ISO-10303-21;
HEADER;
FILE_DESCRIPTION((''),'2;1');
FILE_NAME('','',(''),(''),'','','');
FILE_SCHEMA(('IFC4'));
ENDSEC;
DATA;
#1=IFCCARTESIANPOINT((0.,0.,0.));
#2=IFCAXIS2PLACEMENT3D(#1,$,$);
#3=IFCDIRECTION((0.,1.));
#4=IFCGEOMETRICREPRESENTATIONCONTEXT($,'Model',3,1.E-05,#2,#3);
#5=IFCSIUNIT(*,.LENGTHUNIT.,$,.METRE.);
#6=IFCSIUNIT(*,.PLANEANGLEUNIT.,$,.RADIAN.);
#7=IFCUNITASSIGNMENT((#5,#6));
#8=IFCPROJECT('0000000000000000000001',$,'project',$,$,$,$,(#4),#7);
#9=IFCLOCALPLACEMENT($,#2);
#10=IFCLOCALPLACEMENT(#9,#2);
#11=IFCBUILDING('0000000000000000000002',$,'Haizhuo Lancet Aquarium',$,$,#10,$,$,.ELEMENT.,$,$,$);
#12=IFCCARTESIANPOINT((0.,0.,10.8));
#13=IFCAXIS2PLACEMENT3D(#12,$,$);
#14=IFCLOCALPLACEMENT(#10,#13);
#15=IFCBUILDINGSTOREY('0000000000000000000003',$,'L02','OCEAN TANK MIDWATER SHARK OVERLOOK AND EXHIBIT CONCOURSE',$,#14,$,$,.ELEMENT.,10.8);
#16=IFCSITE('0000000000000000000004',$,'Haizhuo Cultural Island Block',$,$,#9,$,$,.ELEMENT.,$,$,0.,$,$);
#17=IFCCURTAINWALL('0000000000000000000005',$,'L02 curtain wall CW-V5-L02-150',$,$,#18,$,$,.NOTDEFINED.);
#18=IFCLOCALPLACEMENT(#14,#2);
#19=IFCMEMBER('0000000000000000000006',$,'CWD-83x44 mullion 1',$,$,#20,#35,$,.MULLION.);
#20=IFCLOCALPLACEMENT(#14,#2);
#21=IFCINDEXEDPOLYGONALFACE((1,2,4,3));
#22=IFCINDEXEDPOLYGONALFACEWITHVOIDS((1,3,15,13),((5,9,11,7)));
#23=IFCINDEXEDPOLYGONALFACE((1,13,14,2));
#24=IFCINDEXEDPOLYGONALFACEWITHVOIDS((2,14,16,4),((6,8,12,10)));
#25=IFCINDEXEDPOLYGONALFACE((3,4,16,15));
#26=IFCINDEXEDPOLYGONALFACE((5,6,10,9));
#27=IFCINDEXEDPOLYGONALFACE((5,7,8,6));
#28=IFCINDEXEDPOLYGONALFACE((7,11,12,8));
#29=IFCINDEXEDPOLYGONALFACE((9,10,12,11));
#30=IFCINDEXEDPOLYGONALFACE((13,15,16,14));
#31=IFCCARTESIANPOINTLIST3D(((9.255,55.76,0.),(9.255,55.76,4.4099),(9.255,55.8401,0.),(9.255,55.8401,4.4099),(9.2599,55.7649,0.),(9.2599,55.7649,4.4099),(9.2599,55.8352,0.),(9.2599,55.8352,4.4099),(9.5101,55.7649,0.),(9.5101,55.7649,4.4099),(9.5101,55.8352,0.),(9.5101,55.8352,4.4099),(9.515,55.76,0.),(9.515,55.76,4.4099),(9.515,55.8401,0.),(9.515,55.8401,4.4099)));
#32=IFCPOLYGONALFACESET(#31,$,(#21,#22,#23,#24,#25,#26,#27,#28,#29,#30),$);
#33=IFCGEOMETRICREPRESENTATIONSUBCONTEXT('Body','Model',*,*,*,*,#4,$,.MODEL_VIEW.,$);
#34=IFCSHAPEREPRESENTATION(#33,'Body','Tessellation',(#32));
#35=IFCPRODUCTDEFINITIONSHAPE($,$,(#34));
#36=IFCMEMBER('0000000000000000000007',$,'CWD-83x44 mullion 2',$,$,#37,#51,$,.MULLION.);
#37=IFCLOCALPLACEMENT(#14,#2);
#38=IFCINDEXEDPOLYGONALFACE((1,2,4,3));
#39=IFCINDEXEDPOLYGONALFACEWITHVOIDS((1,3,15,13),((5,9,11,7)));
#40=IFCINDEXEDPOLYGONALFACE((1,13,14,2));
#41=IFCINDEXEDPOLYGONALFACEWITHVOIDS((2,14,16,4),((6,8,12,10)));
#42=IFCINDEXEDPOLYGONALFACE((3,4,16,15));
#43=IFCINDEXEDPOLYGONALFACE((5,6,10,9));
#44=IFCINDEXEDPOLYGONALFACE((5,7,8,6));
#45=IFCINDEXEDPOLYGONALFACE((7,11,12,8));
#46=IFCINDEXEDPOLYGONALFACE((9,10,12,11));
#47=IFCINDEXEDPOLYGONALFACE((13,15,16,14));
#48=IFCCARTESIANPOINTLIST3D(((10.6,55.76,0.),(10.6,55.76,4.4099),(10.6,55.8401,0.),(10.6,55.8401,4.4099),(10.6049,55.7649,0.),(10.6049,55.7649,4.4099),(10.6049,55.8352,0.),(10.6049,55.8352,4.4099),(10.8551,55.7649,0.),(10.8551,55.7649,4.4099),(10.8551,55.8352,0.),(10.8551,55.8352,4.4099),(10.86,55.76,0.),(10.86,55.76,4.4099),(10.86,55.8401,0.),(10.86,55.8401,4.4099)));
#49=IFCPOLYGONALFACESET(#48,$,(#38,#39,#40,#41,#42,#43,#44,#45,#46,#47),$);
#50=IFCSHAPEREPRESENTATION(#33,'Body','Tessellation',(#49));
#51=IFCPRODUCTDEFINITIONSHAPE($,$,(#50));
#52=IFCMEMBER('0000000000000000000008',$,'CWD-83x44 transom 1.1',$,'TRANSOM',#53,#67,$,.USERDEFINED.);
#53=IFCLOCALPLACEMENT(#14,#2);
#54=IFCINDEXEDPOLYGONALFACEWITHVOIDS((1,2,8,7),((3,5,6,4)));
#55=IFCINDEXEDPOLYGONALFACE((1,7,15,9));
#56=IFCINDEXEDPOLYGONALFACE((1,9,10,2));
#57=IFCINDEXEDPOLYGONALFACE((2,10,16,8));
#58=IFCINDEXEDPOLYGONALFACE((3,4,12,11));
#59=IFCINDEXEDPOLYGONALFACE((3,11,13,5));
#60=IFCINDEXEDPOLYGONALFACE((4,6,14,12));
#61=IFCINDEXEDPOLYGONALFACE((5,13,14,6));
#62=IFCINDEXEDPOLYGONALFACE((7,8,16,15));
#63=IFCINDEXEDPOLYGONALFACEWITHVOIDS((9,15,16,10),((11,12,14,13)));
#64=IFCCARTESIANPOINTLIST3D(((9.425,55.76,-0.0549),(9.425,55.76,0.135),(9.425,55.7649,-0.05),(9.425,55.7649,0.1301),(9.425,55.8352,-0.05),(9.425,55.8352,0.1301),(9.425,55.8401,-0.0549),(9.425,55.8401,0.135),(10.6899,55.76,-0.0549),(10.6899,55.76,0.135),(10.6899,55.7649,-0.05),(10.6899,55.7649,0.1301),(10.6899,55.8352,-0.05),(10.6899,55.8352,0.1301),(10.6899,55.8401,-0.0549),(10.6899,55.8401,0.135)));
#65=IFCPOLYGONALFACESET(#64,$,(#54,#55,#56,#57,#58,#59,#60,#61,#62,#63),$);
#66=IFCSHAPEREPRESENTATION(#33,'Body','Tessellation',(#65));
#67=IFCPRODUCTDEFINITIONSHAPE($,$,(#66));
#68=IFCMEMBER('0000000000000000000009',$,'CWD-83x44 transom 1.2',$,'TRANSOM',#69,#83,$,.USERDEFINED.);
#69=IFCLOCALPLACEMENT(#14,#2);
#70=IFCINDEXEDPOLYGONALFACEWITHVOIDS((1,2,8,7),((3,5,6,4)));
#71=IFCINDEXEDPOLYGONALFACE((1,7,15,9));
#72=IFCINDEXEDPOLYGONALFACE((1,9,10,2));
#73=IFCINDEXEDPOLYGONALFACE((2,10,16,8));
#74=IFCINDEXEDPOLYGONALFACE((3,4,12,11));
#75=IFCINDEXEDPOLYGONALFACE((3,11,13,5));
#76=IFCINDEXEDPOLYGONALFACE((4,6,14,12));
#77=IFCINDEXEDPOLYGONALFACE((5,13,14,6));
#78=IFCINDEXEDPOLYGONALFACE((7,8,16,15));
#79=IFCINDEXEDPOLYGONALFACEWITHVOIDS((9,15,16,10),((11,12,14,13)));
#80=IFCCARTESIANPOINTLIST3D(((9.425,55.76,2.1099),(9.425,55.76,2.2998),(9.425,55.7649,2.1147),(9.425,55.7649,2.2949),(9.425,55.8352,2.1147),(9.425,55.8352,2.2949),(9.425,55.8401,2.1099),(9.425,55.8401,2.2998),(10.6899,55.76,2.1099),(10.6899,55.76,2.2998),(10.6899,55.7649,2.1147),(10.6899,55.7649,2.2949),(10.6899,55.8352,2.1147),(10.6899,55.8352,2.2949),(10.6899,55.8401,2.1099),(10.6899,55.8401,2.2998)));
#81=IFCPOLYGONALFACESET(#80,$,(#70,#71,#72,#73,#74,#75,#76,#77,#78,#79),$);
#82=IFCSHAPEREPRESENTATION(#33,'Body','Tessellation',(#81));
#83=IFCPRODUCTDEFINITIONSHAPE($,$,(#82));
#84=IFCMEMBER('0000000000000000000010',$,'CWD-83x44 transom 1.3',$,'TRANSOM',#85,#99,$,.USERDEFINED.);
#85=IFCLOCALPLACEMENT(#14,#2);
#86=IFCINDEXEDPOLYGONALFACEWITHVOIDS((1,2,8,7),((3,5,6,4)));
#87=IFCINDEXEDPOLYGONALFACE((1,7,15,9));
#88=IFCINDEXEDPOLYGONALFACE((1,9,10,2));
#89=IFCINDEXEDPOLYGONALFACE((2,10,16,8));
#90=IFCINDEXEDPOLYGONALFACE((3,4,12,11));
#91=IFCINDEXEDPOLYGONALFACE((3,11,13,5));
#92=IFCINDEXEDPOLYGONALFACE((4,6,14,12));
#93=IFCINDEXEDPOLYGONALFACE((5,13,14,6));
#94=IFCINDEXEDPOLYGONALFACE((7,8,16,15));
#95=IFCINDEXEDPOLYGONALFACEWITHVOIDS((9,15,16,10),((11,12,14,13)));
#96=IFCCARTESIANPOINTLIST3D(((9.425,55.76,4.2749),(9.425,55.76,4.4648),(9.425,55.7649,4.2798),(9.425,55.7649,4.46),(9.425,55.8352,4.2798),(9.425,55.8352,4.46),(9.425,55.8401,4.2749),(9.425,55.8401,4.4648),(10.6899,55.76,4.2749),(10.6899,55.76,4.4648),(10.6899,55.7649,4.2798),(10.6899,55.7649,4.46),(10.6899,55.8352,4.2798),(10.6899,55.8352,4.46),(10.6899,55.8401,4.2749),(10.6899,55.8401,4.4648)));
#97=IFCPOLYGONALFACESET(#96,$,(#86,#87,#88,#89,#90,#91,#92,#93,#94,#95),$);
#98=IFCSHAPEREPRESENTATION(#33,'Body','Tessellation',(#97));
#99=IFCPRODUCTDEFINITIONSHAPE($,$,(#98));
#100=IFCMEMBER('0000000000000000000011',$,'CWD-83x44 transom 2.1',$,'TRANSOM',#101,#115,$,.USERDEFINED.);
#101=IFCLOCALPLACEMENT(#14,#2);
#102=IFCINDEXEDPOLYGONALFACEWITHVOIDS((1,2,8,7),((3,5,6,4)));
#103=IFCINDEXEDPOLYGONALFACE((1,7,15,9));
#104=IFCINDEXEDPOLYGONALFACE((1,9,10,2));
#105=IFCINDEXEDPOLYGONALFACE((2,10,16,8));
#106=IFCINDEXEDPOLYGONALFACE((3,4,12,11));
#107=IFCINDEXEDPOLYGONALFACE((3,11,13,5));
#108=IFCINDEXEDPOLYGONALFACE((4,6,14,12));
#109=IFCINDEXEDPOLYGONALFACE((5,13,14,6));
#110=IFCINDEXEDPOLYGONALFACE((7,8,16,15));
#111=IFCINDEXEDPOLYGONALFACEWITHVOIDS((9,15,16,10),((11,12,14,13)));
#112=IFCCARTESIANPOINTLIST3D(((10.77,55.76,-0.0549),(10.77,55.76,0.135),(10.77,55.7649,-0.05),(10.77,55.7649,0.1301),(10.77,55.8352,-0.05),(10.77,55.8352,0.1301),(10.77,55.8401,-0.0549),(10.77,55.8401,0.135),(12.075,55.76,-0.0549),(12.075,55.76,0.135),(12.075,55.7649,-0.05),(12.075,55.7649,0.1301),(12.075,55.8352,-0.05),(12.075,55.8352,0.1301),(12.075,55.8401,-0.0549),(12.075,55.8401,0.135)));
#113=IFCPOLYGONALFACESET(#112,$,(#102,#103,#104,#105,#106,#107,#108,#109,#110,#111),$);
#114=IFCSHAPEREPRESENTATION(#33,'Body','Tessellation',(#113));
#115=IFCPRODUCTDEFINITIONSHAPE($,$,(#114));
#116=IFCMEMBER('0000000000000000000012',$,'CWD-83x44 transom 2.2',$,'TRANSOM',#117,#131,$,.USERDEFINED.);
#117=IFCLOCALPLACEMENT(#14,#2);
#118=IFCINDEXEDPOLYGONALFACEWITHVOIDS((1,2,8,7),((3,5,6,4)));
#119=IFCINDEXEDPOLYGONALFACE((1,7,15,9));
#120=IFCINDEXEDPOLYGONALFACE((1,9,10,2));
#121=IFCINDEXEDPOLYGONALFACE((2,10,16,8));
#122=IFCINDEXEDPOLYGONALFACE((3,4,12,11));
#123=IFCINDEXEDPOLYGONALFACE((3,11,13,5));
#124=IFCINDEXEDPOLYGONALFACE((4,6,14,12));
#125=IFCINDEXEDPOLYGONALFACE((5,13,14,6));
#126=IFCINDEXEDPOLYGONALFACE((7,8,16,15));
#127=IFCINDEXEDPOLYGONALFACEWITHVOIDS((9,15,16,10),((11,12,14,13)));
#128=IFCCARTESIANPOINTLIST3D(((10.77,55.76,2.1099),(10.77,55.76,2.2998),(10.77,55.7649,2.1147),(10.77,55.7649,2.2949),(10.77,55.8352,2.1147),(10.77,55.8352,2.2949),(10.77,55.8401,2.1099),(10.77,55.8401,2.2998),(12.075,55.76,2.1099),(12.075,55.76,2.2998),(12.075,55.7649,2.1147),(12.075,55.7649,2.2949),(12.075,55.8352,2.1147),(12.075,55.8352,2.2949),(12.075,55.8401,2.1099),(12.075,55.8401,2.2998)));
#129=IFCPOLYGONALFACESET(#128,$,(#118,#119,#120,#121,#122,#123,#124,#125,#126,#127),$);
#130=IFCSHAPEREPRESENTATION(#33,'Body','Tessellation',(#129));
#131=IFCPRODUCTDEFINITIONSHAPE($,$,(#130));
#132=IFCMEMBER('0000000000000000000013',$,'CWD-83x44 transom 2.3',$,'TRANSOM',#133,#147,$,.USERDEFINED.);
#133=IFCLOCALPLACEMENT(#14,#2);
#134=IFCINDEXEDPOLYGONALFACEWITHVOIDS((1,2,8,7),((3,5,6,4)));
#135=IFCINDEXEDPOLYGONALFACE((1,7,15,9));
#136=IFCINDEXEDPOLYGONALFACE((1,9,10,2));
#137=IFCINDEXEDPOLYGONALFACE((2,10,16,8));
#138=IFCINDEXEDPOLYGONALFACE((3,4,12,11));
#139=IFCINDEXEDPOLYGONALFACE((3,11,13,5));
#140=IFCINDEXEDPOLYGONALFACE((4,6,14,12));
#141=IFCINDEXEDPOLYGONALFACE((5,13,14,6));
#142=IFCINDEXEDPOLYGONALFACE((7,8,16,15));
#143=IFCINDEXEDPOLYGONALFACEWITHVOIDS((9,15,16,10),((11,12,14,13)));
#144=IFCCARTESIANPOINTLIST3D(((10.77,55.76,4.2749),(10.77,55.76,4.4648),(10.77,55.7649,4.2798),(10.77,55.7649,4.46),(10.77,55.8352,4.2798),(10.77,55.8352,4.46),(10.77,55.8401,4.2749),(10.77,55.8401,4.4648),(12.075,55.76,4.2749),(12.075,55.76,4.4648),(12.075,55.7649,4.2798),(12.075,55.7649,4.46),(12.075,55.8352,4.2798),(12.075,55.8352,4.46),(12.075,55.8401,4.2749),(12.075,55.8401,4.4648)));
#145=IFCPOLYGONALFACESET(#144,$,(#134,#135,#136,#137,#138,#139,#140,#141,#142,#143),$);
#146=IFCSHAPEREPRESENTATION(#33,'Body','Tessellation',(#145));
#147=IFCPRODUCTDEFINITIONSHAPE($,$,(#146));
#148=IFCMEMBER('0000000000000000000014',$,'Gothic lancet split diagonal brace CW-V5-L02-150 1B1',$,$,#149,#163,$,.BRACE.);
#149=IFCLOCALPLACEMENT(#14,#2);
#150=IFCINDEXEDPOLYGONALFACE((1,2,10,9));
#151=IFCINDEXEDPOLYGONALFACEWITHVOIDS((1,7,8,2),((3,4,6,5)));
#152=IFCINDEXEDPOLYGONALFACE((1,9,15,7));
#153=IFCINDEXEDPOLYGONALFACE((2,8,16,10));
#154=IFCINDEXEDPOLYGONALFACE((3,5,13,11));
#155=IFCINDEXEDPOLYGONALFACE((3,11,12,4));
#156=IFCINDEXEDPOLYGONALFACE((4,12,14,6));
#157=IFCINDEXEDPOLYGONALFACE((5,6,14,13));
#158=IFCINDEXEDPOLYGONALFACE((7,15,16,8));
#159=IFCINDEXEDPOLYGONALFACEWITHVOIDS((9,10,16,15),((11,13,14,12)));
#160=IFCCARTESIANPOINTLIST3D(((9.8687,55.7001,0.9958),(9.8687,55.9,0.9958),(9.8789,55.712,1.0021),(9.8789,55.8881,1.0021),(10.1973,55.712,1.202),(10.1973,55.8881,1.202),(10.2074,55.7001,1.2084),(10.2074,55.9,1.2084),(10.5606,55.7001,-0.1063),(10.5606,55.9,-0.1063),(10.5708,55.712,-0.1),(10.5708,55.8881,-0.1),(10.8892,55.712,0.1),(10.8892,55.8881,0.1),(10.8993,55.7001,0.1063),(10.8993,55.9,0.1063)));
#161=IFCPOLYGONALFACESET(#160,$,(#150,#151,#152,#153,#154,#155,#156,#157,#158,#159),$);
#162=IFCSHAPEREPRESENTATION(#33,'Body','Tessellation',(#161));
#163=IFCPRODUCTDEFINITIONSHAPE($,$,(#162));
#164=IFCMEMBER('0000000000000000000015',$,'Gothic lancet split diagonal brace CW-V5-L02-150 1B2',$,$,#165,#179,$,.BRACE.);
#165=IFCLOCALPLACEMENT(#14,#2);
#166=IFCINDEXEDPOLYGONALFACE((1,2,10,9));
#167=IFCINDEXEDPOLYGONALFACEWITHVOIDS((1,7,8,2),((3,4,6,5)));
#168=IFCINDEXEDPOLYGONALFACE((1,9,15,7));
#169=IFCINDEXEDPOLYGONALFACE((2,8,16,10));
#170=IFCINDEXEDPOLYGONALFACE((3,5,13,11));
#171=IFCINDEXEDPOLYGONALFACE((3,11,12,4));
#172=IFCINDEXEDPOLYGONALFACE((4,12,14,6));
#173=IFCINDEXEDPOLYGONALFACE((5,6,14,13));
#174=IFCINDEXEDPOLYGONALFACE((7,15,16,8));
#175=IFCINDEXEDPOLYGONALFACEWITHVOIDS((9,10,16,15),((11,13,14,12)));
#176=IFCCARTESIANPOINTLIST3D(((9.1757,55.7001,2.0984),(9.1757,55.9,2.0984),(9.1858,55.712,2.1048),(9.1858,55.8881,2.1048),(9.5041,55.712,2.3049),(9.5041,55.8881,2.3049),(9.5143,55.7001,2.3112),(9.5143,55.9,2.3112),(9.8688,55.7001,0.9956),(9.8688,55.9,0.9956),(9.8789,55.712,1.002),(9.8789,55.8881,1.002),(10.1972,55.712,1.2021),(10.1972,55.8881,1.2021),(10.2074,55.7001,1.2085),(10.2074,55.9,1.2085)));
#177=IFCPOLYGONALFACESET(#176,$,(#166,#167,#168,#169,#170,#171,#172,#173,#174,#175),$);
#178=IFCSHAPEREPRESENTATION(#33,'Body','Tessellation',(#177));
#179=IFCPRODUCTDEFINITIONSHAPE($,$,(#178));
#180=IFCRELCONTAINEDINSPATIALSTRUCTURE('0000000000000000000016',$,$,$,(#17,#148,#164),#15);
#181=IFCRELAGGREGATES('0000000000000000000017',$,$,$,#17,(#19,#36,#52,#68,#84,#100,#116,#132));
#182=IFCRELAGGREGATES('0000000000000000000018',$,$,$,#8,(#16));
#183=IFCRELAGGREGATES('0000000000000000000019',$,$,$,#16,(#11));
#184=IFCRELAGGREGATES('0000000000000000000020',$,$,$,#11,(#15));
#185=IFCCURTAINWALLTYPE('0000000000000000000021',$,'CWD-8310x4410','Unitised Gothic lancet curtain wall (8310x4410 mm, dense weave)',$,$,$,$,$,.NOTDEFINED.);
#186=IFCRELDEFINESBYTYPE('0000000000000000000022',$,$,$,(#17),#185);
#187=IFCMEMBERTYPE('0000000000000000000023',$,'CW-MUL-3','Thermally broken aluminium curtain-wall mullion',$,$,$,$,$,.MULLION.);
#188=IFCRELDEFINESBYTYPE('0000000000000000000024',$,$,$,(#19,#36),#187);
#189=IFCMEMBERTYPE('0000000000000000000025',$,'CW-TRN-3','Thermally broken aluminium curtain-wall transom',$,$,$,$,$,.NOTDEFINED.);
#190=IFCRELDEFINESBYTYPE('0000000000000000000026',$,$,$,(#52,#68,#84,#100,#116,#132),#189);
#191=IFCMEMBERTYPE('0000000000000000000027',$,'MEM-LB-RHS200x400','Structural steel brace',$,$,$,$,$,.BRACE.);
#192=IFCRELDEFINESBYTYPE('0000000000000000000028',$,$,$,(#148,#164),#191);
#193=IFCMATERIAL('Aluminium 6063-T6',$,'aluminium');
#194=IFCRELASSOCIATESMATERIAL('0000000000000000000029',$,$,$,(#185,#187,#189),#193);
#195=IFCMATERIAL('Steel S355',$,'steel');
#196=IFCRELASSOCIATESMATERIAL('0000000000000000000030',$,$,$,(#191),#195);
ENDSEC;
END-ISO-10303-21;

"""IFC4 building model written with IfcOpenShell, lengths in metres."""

from ifc_helpers import new_model, si_unit, direction, frame, origin, origin_2d, place, context, subcontext, project, spatial, hollow_rectangle, extrude, material, material_profile, profile_set, type_object, element, aggregate, save


model = new_model("IFC4")

# Units and contexts
model_context = context("Model", 3, precision=1e-05, world=origin(), true_north=direction((0.0, 1.0)))
body_context = subcontext(model_context, "Body", "Model", "MODEL_VIEW")
ifc_project = project(units=[si_unit("LENGTHUNIT", "METRE"), si_unit("PLANEANGLEUNIT", "RADIAN")], contexts=[model_context])

# Site, building, storey
site_placement = place(None, origin())
site = spatial("IfcSite", under=ifc_project, at=site_placement, Name="Haizhuo Cultural Island Block", CompositionType="ELEMENT", RefElevation=0.0)
building_placement = place(site_placement, origin())
building = spatial("IfcBuilding", under=site, at=building_placement, Name="Haizhuo Lancet Aquarium", CompositionType="ELEMENT")
storey_placement = place(building_placement, frame((0.0, 0.0, 10.8)))
storey = spatial("IfcBuildingStorey", under=building, at=storey_placement, Name="L02", Description="OCEAN TANK MIDWATER SHARK OVERLOOK AND EXHIBIT CONCOURSE", CompositionType="ELEMENT", Elevation=10.8)

# Curtain wall, members
ifc_material_1 = material(Name="Aluminium 6063-T6", Category="aluminium")
curtain_wall_type = type_object("IfcCurtainWallType", Name="CWD-8310x4410", Description="Unitised Gothic lancet curtain wall (8310x4410 mm, dense weave)", PredefinedType="NOTDEFINED", material=ifc_material_1)
curtain_wall_placement = place(storey_placement, origin())
curtain_wall = element("IfcCurtainWall", 1, at=curtain_wall_placement, inside=storey, type_object=curtain_wall_type, Name="L02 curtain wall CW-V5-L02-150", PredefinedType="NOTDEFINED")
ifc_material_profile_1 = material_profile(ifc_material_1, hollow_rectangle(XDim=0.0801, YDim=0.26, WallThickness=0.0049, at=origin_2d()), Name="ALU-M 80x260x5")
ifc_profile_set_1 = profile_set([ifc_material_profile_1], Name="Aluminium 6063-T6")
member_type_1 = type_object("IfcMemberType", Name="CW-MUL-3", Description="Thermally broken aluminium curtain-wall mullion", PredefinedType="MULLION", material=ifc_profile_set_1)
member_1_placement = place(storey_placement, frame((9.385, 55.8, 0.0), z_axis=(0.0, 0.0, 1.0), x_axis=(0.0, 1.0, 0.0)))
member_1 = element("IfcMember", 2, at=member_1_placement, type_object=member_type_1, Name="CWD-83x44 mullion 1", PredefinedType="MULLION", context=body_context, shape_type="SweptSolid", body=[
    extrude(hollow_rectangle(XDim=0.0801, YDim=0.26, WallThickness=0.0049, at=origin_2d()), origin(), (0.0, 0.0, 1.0), 4.4099),
])
member_2_placement = place(storey_placement, frame((10.73, 55.8, 0.0), z_axis=(0.0, 0.0, 1.0), x_axis=(0.0, 1.0, 0.0)))
member_2 = element("IfcMember", 3, at=member_2_placement, type_object=member_type_1, Name="CWD-83x44 mullion 2", PredefinedType="MULLION", context=body_context, shape_type="SweptSolid", body=[
    extrude(hollow_rectangle(XDim=0.0801, YDim=0.26, WallThickness=0.0049, at=origin_2d()), origin(), (0.0, 0.0, 1.0), 4.4099),
])
ifc_material_profile_2 = material_profile(ifc_material_1, hollow_rectangle(XDim=0.0801, YDim=0.1899, WallThickness=0.0049, at=origin_2d()), Name="ALU-T 80x190x5")
ifc_profile_set_2 = profile_set([ifc_material_profile_2], Name="Aluminium 6063-T6")
member_type_2 = type_object("IfcMemberType", Name="CW-TRN-3", Description="Thermally broken aluminium curtain-wall transom", PredefinedType="NOTDEFINED", material=ifc_profile_set_2)
member_3_placement = place(storey_placement, frame((9.425, 55.8, 0.04), z_axis=(1.0, 0.0, 0.0), x_axis=(0.0, 1.0, 0.0)))
member_3 = element("IfcMember", 4, at=member_3_placement, type_object=member_type_2, Name="CWD-83x44 transom 1.1", ObjectType="TRANSOM", PredefinedType="USERDEFINED", context=body_context, shape_type="SweptSolid", body=[
    extrude(hollow_rectangle(XDim=0.0801, YDim=0.1899, WallThickness=0.0049, at=origin_2d()), origin(), (0.0, 0.0, 1.0), 1.2649),
])
member_4_placement = place(storey_placement, frame((9.425, 55.8, 2.2048), z_axis=(1.0, 0.0, 0.0), x_axis=(0.0, 1.0, 0.0)))
member_4 = element("IfcMember", 5, at=member_4_placement, type_object=member_type_2, Name="CWD-83x44 transom 1.2", ObjectType="TRANSOM", PredefinedType="USERDEFINED", context=body_context, shape_type="SweptSolid", body=[
    extrude(hollow_rectangle(XDim=0.0801, YDim=0.1899, WallThickness=0.0049, at=origin_2d()), origin(), (0.0, 0.0, 1.0), 1.2649),
])
member_5_placement = place(storey_placement, frame((9.425, 55.8, 4.3699), z_axis=(1.0, 0.0, 0.0), x_axis=(0.0, 1.0, 0.0)))
member_5 = element("IfcMember", 6, at=member_5_placement, type_object=member_type_2, Name="CWD-83x44 transom 1.3", ObjectType="TRANSOM", PredefinedType="USERDEFINED", context=body_context, shape_type="SweptSolid", body=[
    extrude(hollow_rectangle(XDim=0.0801, YDim=0.1899, WallThickness=0.0049, at=origin_2d()), origin(), (0.0, 0.0, 1.0), 1.2649),
])
member_6_placement = place(storey_placement, frame((10.77, 55.8, 0.04), z_axis=(1.0, 0.0, 0.0), x_axis=(0.0, 1.0, 0.0)))
member_6 = element("IfcMember", 7, at=member_6_placement, type_object=member_type_2, Name="CWD-83x44 transom 2.1", ObjectType="TRANSOM", PredefinedType="USERDEFINED", context=body_context, shape_type="SweptSolid", body=[
    extrude(hollow_rectangle(XDim=0.0801, YDim=0.1899, WallThickness=0.0049, at=origin_2d()), origin(), (0.0, 0.0, 1.0), 1.3049),
])
member_7_placement = place(storey_placement, frame((10.77, 55.8, 2.2048), z_axis=(1.0, 0.0, 0.0), x_axis=(0.0, 1.0, 0.0)))
member_7 = element("IfcMember", 8, at=member_7_placement, type_object=member_type_2, Name="CWD-83x44 transom 2.2", ObjectType="TRANSOM", PredefinedType="USERDEFINED", context=body_context, shape_type="SweptSolid", body=[
    extrude(hollow_rectangle(XDim=0.0801, YDim=0.1899, WallThickness=0.0049, at=origin_2d()), origin(), (0.0, 0.0, 1.0), 1.3049),
])
member_8_placement = place(storey_placement, frame((10.77, 55.8, 4.3699), z_axis=(1.0, 0.0, 0.0), x_axis=(0.0, 1.0, 0.0)))
member_8 = element("IfcMember", 9, at=member_8_placement, type_object=member_type_2, Name="CWD-83x44 transom 2.3", ObjectType="TRANSOM", PredefinedType="USERDEFINED", context=body_context, shape_type="SweptSolid", body=[
    extrude(hollow_rectangle(XDim=0.0801, YDim=0.1899, WallThickness=0.0049, at=origin_2d()), origin(), (0.0, 0.0, 1.0), 1.3049),
])

# Members
ifc_material_2 = material(Name="Steel S355", Category="steel")
ifc_material_profile_3 = material_profile(ifc_material_2, hollow_rectangle(XDim=0.2, YDim=0.3999, WallThickness=0.012, at=origin_2d()), Name="RHS 200x400x12")
ifc_profile_set_3 = profile_set([ifc_material_profile_3], Name="Steel S355")
member_type_3 = type_object("IfcMemberType", Name="MEM-LB-RHS200x400", Description="Structural steel brace", PredefinedType="BRACE", material=ifc_profile_set_3)
member_9_placement = place(storey_placement, frame((10.73, 55.8, 0.0), z_axis=(-0.531718, 0.0, 0.846921), x_axis=(0.0, -1.0, 0.0)))
element("IfcMember", 10, at=member_9_placement, inside=storey, type_object=member_type_3, Name="Gothic lancet split diagonal brace CW-V5-L02-150 1B1", PredefinedType="BRACE", context=body_context, shape_type="SweptSolid", body=[
    extrude(hollow_rectangle(XDim=0.2, YDim=0.3999, WallThickness=0.012, at=origin_2d()), origin(), (0.0, 0.0, 1.0), 1.3013),
])
member_10_placement = place(storey_placement, frame((10.0381, 55.8, 1.1021), z_axis=(-0.532137, 0.0, 0.846658), x_axis=(0.0, -1.0, 0.0)))
element("IfcMember", 11, at=member_10_placement, inside=storey, type_object=member_type_3, Name="Gothic lancet split diagonal brace CW-V5-L02-150 1B2", PredefinedType="BRACE", context=body_context, shape_type="SweptSolid", body=[
    extrude(hollow_rectangle(XDim=0.2, YDim=0.3999, WallThickness=0.012, at=origin_2d()), origin(), (0.0, 0.0, 1.0), 1.3025),
])

aggregate(curtain_wall, [member_1, member_2, member_3, member_4, member_5, member_6, member_7, member_8])

save(model, "model.ifc")
